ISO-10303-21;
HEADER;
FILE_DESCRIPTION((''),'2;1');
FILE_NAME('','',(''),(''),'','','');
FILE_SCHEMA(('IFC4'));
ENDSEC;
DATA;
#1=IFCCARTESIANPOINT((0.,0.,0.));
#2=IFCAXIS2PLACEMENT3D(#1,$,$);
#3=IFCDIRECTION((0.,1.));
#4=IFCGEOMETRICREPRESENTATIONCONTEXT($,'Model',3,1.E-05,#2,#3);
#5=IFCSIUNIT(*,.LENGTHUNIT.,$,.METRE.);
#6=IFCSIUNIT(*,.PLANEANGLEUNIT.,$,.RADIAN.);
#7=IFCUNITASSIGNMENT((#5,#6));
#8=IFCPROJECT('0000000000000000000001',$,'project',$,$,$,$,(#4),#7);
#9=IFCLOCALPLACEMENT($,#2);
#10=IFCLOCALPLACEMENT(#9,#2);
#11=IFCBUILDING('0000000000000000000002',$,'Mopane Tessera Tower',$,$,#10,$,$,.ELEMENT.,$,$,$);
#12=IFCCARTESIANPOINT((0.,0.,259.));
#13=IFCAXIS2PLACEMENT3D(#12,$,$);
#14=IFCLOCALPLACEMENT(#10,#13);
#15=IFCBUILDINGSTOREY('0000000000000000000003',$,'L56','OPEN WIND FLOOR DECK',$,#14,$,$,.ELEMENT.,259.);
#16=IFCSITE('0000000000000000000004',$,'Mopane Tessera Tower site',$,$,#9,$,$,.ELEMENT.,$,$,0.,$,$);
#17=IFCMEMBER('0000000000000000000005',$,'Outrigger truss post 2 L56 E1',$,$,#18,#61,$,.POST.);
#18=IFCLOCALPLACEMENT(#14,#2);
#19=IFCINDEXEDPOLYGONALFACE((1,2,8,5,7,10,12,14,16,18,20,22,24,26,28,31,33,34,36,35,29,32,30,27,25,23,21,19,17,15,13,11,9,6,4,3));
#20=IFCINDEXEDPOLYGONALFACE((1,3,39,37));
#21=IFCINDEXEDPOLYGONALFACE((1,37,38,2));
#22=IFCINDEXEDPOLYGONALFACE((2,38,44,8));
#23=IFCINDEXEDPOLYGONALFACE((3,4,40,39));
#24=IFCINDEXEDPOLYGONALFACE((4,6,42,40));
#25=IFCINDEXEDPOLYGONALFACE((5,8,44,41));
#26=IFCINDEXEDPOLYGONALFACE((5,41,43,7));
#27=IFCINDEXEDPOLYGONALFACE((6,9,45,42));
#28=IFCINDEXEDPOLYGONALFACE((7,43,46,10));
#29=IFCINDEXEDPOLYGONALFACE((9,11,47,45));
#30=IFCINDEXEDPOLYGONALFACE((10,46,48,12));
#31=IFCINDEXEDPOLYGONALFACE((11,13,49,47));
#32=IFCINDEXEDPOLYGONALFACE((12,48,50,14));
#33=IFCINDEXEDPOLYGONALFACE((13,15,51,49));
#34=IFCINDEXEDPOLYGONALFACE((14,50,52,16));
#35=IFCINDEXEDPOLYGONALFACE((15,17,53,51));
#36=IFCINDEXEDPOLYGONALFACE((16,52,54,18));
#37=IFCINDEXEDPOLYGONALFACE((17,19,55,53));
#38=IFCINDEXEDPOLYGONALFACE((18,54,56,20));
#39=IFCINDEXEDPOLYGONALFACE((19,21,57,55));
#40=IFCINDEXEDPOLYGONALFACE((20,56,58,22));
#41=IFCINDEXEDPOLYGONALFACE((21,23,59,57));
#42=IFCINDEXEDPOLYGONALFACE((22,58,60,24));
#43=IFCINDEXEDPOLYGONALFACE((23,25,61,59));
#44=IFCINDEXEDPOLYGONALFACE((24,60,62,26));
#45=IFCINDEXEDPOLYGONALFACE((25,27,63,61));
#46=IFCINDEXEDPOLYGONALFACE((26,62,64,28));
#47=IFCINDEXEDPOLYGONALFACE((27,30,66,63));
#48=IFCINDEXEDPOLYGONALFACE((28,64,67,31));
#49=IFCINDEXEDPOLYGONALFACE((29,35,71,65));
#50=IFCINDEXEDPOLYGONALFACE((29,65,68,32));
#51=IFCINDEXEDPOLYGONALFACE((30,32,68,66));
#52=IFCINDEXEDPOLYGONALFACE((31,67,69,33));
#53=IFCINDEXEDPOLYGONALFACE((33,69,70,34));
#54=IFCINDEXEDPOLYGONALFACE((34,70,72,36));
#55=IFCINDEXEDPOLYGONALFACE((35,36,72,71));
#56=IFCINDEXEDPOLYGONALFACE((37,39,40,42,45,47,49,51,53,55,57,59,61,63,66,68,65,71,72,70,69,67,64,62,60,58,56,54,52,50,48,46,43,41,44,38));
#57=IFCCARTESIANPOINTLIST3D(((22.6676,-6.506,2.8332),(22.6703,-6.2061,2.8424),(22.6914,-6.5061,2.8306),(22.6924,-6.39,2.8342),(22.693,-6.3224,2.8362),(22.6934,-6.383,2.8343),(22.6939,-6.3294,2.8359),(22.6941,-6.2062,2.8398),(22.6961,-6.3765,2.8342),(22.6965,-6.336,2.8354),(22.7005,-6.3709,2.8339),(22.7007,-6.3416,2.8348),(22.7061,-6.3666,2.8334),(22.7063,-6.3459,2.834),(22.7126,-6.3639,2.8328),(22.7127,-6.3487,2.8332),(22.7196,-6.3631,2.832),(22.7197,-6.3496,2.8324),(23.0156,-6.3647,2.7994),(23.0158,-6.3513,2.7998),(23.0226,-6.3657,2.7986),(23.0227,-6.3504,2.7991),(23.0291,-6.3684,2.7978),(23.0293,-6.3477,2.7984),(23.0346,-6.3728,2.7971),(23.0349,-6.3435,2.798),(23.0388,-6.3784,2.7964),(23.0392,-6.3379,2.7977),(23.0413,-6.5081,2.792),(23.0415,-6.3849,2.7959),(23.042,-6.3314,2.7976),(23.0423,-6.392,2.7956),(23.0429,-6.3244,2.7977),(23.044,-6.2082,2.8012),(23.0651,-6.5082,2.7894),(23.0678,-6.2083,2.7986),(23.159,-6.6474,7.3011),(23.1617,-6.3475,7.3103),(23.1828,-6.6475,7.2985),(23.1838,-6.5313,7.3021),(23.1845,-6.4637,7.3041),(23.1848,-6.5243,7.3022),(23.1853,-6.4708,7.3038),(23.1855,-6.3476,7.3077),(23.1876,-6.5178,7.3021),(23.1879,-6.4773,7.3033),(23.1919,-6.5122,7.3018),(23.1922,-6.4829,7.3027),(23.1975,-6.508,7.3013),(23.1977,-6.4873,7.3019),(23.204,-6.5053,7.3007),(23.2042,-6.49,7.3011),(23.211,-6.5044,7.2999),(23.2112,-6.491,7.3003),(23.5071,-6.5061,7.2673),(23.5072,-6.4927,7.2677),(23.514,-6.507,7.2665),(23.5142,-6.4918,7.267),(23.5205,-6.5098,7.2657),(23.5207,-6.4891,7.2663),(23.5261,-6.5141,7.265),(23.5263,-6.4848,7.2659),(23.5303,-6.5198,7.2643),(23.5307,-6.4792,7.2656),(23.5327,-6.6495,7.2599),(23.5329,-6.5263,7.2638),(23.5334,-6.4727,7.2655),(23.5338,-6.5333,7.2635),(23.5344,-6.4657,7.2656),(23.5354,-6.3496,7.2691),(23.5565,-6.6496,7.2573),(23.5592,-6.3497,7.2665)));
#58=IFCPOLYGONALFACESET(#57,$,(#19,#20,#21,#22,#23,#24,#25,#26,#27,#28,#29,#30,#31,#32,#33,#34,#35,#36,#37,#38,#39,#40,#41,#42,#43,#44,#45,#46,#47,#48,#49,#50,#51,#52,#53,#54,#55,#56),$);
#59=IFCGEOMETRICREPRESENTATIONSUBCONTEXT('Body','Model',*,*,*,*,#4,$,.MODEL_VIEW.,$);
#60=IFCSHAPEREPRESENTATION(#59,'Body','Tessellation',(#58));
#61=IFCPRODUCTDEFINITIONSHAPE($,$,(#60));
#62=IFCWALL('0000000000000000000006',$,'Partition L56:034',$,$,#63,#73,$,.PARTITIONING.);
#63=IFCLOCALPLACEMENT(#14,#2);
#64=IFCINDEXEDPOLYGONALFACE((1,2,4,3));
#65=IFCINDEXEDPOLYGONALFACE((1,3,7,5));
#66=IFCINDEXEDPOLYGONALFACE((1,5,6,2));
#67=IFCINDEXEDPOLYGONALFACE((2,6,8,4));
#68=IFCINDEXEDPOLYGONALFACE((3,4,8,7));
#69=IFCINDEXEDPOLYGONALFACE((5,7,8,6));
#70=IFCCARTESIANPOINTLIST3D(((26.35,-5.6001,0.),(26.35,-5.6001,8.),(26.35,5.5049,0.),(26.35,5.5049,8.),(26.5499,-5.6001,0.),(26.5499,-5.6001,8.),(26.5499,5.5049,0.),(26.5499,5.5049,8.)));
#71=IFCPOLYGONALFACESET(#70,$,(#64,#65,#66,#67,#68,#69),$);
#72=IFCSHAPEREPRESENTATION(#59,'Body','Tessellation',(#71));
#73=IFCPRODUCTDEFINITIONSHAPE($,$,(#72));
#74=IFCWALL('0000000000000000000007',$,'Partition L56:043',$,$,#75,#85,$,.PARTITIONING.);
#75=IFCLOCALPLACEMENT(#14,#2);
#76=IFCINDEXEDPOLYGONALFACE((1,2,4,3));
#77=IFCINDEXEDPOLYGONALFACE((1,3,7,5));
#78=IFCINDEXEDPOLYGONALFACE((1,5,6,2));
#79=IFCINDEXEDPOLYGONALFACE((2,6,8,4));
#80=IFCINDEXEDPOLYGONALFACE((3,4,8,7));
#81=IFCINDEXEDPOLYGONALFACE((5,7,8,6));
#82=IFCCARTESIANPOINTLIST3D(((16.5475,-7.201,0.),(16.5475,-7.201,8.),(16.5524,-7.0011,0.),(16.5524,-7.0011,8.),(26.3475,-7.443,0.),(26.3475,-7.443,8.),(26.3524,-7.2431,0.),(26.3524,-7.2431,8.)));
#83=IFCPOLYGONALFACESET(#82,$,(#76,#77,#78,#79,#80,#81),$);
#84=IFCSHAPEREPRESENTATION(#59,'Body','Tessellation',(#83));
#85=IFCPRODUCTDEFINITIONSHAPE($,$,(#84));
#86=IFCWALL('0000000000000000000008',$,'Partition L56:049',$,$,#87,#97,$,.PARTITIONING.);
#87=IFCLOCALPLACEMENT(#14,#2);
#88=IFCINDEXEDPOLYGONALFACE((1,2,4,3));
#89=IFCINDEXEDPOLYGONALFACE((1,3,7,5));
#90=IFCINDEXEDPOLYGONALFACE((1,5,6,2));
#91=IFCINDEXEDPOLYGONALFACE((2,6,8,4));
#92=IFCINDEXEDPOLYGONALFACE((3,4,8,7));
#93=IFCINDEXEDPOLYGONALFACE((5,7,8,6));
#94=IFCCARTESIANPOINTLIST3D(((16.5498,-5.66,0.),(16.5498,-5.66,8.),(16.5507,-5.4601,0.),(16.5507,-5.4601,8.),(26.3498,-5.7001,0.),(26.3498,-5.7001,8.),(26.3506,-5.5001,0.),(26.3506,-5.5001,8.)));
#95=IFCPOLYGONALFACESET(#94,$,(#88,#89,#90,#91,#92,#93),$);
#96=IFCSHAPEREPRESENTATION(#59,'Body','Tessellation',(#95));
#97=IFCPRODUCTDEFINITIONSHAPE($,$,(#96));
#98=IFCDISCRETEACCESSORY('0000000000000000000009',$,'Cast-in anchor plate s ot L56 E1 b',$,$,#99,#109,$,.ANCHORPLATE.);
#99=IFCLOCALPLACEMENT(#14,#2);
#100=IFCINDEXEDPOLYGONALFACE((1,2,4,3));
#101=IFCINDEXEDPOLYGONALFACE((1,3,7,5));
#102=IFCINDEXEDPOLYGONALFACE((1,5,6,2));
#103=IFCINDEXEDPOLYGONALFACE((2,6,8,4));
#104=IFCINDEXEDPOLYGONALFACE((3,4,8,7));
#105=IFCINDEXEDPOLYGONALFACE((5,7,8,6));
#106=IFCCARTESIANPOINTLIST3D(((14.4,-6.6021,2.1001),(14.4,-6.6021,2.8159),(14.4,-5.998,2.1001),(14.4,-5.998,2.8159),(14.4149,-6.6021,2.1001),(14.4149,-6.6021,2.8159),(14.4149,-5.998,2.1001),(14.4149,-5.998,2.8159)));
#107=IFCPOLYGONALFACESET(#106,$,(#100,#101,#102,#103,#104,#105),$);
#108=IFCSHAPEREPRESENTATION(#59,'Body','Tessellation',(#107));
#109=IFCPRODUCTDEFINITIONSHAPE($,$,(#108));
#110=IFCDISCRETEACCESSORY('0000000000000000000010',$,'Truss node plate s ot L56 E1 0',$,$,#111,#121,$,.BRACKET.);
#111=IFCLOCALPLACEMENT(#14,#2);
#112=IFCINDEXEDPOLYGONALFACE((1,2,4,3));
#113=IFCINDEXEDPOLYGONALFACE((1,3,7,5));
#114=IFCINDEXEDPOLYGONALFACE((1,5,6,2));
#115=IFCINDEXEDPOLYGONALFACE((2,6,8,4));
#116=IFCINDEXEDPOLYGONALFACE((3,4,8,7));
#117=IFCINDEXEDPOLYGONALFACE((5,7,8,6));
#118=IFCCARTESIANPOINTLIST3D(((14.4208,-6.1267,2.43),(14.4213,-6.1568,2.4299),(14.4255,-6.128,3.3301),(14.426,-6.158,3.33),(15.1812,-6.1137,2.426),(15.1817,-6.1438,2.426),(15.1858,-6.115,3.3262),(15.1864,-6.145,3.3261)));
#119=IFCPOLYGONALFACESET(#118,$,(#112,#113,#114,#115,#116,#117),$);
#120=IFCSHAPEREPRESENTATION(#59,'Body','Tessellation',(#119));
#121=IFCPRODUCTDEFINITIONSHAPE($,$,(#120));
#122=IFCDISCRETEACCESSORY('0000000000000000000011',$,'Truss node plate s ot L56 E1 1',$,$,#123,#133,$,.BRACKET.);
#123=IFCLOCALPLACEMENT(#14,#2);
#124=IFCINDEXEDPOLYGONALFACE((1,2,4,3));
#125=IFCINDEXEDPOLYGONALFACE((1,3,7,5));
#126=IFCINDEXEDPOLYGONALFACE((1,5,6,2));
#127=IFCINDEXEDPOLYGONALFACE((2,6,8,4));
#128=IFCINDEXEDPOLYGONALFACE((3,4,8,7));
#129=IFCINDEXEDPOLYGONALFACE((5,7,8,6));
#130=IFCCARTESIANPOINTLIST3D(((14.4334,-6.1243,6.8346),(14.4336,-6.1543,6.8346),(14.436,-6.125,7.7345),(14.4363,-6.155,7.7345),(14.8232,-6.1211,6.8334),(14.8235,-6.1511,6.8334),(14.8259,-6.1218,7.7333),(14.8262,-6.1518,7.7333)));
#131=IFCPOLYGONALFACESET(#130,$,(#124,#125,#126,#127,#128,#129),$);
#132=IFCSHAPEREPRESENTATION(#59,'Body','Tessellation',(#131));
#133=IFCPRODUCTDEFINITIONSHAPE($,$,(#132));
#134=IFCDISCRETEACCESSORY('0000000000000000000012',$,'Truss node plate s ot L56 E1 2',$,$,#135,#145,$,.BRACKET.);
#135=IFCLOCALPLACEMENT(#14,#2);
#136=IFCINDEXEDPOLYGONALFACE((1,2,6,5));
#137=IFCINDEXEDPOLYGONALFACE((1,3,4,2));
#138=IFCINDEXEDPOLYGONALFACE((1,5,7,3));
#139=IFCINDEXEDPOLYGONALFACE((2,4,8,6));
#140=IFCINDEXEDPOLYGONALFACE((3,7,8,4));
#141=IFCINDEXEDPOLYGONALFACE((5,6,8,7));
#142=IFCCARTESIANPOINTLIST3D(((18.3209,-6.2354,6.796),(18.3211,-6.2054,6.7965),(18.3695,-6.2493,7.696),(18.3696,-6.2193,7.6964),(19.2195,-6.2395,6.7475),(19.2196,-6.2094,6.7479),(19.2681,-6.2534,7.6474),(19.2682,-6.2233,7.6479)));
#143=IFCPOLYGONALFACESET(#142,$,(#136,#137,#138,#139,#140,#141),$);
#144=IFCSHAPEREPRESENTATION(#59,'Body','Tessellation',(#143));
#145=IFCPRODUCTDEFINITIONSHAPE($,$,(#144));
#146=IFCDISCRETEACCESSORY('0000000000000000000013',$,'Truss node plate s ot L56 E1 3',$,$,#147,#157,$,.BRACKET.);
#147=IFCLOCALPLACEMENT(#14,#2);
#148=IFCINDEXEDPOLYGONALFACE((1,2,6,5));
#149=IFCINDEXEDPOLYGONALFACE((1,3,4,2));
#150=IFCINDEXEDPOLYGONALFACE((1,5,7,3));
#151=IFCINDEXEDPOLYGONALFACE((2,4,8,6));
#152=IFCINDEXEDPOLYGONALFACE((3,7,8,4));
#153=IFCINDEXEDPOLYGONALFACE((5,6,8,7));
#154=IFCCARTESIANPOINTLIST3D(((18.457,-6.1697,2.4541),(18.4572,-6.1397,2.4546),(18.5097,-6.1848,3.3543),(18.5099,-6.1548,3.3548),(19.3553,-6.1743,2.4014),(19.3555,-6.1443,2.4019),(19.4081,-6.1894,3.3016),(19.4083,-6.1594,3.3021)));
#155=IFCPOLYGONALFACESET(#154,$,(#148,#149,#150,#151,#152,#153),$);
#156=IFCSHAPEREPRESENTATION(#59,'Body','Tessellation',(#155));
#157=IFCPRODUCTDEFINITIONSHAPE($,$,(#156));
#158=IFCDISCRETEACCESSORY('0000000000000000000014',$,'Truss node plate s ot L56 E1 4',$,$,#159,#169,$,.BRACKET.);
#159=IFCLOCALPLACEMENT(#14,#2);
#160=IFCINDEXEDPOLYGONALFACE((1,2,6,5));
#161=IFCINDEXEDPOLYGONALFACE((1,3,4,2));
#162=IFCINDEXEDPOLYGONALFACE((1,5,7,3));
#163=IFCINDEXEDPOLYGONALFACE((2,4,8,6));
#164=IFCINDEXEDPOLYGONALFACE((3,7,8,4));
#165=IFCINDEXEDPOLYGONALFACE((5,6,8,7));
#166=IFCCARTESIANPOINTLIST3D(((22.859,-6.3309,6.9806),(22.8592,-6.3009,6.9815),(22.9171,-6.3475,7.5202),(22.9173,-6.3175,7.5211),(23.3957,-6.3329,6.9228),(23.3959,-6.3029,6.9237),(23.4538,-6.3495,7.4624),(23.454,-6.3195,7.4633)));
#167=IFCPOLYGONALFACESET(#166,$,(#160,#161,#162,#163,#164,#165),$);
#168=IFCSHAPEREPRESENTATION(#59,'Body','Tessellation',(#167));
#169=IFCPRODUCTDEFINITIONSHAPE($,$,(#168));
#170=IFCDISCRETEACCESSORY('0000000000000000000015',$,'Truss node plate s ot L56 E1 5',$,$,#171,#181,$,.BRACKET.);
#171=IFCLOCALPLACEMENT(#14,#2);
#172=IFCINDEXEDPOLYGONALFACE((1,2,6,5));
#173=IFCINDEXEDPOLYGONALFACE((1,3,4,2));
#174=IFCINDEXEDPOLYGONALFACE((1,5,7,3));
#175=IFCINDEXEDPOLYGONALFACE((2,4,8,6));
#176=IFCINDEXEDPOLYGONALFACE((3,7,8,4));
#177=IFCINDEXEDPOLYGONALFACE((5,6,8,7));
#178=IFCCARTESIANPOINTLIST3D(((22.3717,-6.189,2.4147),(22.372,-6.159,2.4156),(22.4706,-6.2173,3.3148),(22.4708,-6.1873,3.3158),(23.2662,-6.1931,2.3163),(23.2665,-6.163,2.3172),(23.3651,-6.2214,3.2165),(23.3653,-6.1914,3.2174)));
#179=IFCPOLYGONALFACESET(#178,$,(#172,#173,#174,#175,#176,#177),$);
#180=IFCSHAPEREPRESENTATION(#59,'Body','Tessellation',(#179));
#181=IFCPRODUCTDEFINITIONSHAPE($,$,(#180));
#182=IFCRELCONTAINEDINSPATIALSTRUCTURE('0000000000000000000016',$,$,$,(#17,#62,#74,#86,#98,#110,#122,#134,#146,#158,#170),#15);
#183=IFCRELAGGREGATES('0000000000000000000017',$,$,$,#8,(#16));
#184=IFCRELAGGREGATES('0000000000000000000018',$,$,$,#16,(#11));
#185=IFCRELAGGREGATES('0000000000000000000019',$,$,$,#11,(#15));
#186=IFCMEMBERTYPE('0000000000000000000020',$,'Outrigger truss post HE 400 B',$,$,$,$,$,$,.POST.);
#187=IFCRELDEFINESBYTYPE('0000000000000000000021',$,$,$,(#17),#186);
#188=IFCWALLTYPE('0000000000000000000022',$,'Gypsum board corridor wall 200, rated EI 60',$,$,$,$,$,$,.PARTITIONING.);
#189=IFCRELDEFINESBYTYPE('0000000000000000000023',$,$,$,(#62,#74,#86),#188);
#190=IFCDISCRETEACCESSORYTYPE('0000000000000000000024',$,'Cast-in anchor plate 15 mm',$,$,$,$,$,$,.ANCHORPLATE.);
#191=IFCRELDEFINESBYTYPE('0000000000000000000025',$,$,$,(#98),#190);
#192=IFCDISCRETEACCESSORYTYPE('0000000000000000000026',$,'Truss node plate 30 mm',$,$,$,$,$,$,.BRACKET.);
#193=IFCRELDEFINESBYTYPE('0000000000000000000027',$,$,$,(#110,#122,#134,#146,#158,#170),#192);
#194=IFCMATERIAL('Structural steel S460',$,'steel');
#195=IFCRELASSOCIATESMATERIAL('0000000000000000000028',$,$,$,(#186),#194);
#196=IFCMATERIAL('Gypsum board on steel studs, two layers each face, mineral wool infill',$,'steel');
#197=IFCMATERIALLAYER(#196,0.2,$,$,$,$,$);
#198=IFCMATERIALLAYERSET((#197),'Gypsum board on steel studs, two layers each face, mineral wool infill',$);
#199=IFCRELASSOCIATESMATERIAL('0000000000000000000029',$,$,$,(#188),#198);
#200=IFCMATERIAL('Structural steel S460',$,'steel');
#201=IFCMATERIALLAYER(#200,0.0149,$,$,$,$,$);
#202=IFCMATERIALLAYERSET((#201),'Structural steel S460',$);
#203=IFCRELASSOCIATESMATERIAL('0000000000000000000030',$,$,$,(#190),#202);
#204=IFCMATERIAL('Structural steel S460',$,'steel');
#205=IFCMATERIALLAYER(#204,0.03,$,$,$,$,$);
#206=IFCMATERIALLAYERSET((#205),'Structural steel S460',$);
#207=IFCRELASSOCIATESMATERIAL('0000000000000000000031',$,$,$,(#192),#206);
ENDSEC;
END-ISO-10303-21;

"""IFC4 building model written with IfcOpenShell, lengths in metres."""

from ifc_helpers import new_model, si_unit, direction, frame, frame_2d, origin, origin_2d, place, context, subcontext, project, spatial, rectangle, i_section, extrude, material, layer, layer_set, material_profile, profile_set, type_object, element, save


model = new_model("IFC4")

# Units and contexts
model_context = context("Model", 3, precision=1e-05, world=origin(), true_north=direction((0.0, 1.0)))
body_context = subcontext(model_context, "Body", "Model", "MODEL_VIEW")
ifc_project = project(units=[si_unit("LENGTHUNIT", "METRE"), si_unit("PLANEANGLEUNIT", "RADIAN")], contexts=[model_context])

# Site, building, storey
site_placement = place(None, origin())
site = spatial("IfcSite", under=ifc_project, at=site_placement, Name="Mopane Tessera Tower site", CompositionType="ELEMENT", RefElevation=0.0)
building_placement = place(site_placement, origin())
building = spatial("IfcBuilding", under=site, at=building_placement, Name="Mopane Tessera Tower", CompositionType="ELEMENT")
storey_placement = place(building_placement, frame((0.0, 0.0, 259.0)))
storey = spatial("IfcBuildingStorey", under=building, at=storey_placement, Name="L56", Description="OPEN WIND FLOOR DECK", CompositionType="ELEMENT", Elevation=259.0)

# Member
ifc_material_1 = material(Name="Structural steel S460", Category="steel")
ifc_material_profile_1 = material_profile(ifc_material_1, i_section(OverallWidth=0.3, OverallDepth=0.3999, WebThickness=0.0134, FlangeThickness=0.0239, FilletRadius=0.0271, at=origin_2d()))
ifc_profile_set_1 = profile_set([ifc_material_profile_1], Name="Structural steel S460")
member_type_1 = type_object("IfcMemberType", Name="Outrigger truss post HE 400 B", PredefinedType="POST", material=ifc_profile_set_1)
member_1_placement = place(storey_placement, frame((22.8677, -6.3572, 2.8159), z_axis=(0.109281, -0.031432, 0.993514), x_axis=(0.009005, 0.99949, 0.030631)))
element("IfcMember", 1, at=member_1_placement, inside=storey, type_object=member_type_1, Name="Outrigger truss post 2 L56 E1", PredefinedType="POST", context=body_context, shape_type="SweptSolid", body=[
    extrude(i_section(OverallWidth=0.3, OverallDepth=0.3999, WebThickness=0.0134, FlangeThickness=0.0239, FilletRadius=0.0271, at=origin_2d()), origin(), (0.0, 0.0, 1.0), 4.4971),
])

# Walls
ifc_material_2 = material(Name="Gypsum board on steel studs, two layers each face, mineral wool infill", Category="steel")
ifc_layer_1 = layer(ifc_material_2, 0.2)
ifc_layer_set_1 = layer_set([ifc_layer_1], Name="Gypsum board on steel studs, two layers each face, mineral wool infill")
wall_type = type_object("IfcWallType", Name="Gypsum board corridor wall 200, rated EI 60", PredefinedType="PARTITIONING", material=ifc_layer_set_1)
wall_1_placement = place(storey_placement, frame((26.45, -5.6001, 0.0), z_axis=(0.0, 0.0, 1.0), x_axis=(0.0, 1.0, 0.0)))
element("IfcWall", 2, at=wall_1_placement, inside=storey, type_object=wall_type, Name="Partition L56:034", PredefinedType="PARTITIONING", context=body_context, shape_type="SweptSolid", body=[
    extrude(rectangle(XDim=11.105, YDim=0.2, at=frame_2d((5.5525, 0.0))), origin(), (0.0, 0.0, 1.0), 8.0),
])
wall_2_placement = place(storey_placement, frame((16.55, -7.1011, 0.0), z_axis=(0.0, 0.0, 1.0), x_axis=(0.999695, -0.02468, 0.0)))
element("IfcWall", 3, at=wall_2_placement, inside=storey, type_object=wall_type, Name="Partition L56:043", PredefinedType="PARTITIONING", context=body_context, shape_type="SweptSolid", body=[
    extrude(rectangle(XDim=9.803, YDim=0.2, at=frame_2d((4.9014, 0.0))), origin(), (0.0, 0.0, 1.0), 8.0),
])
wall_3_placement = place(storey_placement, frame((26.3501, -5.6001, 0.0), z_axis=(0.0, 0.0, 1.0), x_axis=(-0.999992, 0.004086, 0.0)))
element("IfcWall", 4, at=wall_3_placement, inside=storey, type_object=wall_type, Name="Partition L56:049", PredefinedType="PARTITIONING", context=body_context, shape_type="SweptSolid", body=[
    extrude(rectangle(XDim=9.8, YDim=0.2, at=frame_2d((4.8999, 0.0))), origin(), (0.0, 0.0, 1.0), 8.0),
])

# Discrete accessories
ifc_material_3 = material(Name="Structural steel S460", Category="steel")
ifc_layer_2 = layer(ifc_material_3, 0.0149)
ifc_layer_set_2 = layer_set([ifc_layer_2], Name="Structural steel S460")
discrete_accessory_type_1 = type_object("IfcDiscreteAccessoryType", Name="Cast-in anchor plate 15 mm", PredefinedType="ANCHORPLATE", material=ifc_layer_set_2)
discrete_accessory_1_placement = place(storey_placement, frame((14.4075, -6.3, 2.1001), z_axis=(0.0, 0.0, 1.0), x_axis=(1.0, 0.0, 0.0)))
element("IfcDiscreteAccessory", 5, at=discrete_accessory_1_placement, inside=storey, type_object=discrete_accessory_type_1, Name="Cast-in anchor plate s ot L56 E1 b", PredefinedType="ANCHORPLATE", context=body_context, shape_type="SweptSolid", body=[
    extrude(rectangle(XDim=0.0149, YDim=0.604, at=origin_2d()), origin(), (0.0, 0.0, 1.0), 0.7158),
])
ifc_material_4 = material(Name="Structural steel S460", Category="steel")
ifc_layer_3 = layer(ifc_material_4, 0.03)
ifc_layer_set_3 = layer_set([ifc_layer_3], Name="Structural steel S460")
discrete_accessory_type_2 = type_object("IfcDiscreteAccessoryType", Name="Truss node plate 30 mm", PredefinedType="BRACKET", material=ifc_layer_set_3)
discrete_accessory_2_placement = place(storey_placement, frame((14.8013, -6.1353, 2.428), z_axis=(0.005153, -0.001356, 0.999986), x_axis=(-0.017105, 0.999853, 0.001444)))
element("IfcDiscreteAccessory", 6, at=discrete_accessory_2_placement, inside=storey, type_object=discrete_accessory_type_2, Name="Truss node plate s ot L56 E1 0", PredefinedType="BRACKET", context=body_context, shape_type="SweptSolid", body=[
    extrude(rectangle(XDim=0.03, YDim=0.7605, at=origin_2d()), origin(), (0.0, 0.0, 1.0), 0.9001),
])
discrete_accessory_3_placement = place(storey_placement, frame((14.6284, -6.1377, 6.834), z_axis=(0.002984, -0.000814, 0.999995), x_axis=(-0.008183, 0.999966, 0.000838)))
element("IfcDiscreteAccessory", 7, at=discrete_accessory_3_placement, inside=storey, type_object=discrete_accessory_type_2, Name="Truss node plate s ot L56 E1 1", PredefinedType="BRACKET", context=body_context, shape_type="SweptSolid", body=[
    extrude(rectangle(XDim=0.03, YDim=0.3899, at=origin_2d()), origin(), (0.0, 0.0, 1.0), 0.8999),
])
discrete_accessory_4_placement = place(storey_placement, frame((18.7703, -6.2224, 6.772), z_axis=(0.053903, -0.01544, 0.998427), x_axis=(0.005346, 0.999871, 0.015173)))
element("IfcDiscreteAccessory", 8, at=discrete_accessory_4_placement, inside=storey, type_object=discrete_accessory_type_2, Name="Truss node plate s ot L56 E1 2", PredefinedType="BRACKET", context=body_context, shape_type="SweptSolid", body=[
    extrude(rectangle(XDim=0.03, YDim=0.8999, at=origin_2d()), origin(), (0.0, 0.0, 1.0), 0.9014),
])
discrete_accessory_5_placement = place(storey_placement, frame((18.9062, -6.157, 2.428), z_axis=(0.058476, -0.016785, 0.998148), x_axis=(0.006054, 0.999846, 0.016459)))
element("IfcDiscreteAccessory", 9, at=discrete_accessory_5_placement, inside=storey, type_object=discrete_accessory_type_2, Name="Truss node plate s ot L56 E1 3", PredefinedType="BRACKET", context=body_context, shape_type="SweptSolid", body=[
    extrude(rectangle(XDim=0.03, YDim=0.8999, at=origin_2d()), origin(), (0.0, 0.0, 1.0), 0.9019),
])
discrete_accessory_6_placement = place(storey_placement, frame((23.1274, -6.3169, 6.9521), z_axis=(0.107023, -0.030578, 0.993786), x_axis=(0.007092, 0.999525, 0.029991)))
element("IfcDiscreteAccessory", 10, at=discrete_accessory_6_placement, inside=storey, type_object=discrete_accessory_type_2, Name="Truss node plate s ot L56 E1 4", PredefinedType="BRACKET", context=body_context, shape_type="SweptSolid", body=[
    extrude(rectangle(XDim=0.03, YDim=0.5398, at=origin_2d()), origin(), (0.0, 0.0, 1.0), 0.543),
])
discrete_accessory_7_placement = place(storey_placement, frame((22.8191, -6.176, 2.366), z_axis=(0.109135, -0.031259, 0.993535), x_axis=(0.007882, 0.999501, 0.03058)))
element("IfcDiscreteAccessory", 11, at=discrete_accessory_7_placement, inside=storey, type_object=discrete_accessory_type_2, Name="Truss node plate s ot L56 E1 5", PredefinedType="BRACKET", context=body_context, shape_type="SweptSolid", body=[
    extrude(rectangle(XDim=0.03, YDim=0.8999, at=origin_2d()), origin(), (0.0, 0.0, 1.0), 0.906),
])

save(model, "model.ifc")
